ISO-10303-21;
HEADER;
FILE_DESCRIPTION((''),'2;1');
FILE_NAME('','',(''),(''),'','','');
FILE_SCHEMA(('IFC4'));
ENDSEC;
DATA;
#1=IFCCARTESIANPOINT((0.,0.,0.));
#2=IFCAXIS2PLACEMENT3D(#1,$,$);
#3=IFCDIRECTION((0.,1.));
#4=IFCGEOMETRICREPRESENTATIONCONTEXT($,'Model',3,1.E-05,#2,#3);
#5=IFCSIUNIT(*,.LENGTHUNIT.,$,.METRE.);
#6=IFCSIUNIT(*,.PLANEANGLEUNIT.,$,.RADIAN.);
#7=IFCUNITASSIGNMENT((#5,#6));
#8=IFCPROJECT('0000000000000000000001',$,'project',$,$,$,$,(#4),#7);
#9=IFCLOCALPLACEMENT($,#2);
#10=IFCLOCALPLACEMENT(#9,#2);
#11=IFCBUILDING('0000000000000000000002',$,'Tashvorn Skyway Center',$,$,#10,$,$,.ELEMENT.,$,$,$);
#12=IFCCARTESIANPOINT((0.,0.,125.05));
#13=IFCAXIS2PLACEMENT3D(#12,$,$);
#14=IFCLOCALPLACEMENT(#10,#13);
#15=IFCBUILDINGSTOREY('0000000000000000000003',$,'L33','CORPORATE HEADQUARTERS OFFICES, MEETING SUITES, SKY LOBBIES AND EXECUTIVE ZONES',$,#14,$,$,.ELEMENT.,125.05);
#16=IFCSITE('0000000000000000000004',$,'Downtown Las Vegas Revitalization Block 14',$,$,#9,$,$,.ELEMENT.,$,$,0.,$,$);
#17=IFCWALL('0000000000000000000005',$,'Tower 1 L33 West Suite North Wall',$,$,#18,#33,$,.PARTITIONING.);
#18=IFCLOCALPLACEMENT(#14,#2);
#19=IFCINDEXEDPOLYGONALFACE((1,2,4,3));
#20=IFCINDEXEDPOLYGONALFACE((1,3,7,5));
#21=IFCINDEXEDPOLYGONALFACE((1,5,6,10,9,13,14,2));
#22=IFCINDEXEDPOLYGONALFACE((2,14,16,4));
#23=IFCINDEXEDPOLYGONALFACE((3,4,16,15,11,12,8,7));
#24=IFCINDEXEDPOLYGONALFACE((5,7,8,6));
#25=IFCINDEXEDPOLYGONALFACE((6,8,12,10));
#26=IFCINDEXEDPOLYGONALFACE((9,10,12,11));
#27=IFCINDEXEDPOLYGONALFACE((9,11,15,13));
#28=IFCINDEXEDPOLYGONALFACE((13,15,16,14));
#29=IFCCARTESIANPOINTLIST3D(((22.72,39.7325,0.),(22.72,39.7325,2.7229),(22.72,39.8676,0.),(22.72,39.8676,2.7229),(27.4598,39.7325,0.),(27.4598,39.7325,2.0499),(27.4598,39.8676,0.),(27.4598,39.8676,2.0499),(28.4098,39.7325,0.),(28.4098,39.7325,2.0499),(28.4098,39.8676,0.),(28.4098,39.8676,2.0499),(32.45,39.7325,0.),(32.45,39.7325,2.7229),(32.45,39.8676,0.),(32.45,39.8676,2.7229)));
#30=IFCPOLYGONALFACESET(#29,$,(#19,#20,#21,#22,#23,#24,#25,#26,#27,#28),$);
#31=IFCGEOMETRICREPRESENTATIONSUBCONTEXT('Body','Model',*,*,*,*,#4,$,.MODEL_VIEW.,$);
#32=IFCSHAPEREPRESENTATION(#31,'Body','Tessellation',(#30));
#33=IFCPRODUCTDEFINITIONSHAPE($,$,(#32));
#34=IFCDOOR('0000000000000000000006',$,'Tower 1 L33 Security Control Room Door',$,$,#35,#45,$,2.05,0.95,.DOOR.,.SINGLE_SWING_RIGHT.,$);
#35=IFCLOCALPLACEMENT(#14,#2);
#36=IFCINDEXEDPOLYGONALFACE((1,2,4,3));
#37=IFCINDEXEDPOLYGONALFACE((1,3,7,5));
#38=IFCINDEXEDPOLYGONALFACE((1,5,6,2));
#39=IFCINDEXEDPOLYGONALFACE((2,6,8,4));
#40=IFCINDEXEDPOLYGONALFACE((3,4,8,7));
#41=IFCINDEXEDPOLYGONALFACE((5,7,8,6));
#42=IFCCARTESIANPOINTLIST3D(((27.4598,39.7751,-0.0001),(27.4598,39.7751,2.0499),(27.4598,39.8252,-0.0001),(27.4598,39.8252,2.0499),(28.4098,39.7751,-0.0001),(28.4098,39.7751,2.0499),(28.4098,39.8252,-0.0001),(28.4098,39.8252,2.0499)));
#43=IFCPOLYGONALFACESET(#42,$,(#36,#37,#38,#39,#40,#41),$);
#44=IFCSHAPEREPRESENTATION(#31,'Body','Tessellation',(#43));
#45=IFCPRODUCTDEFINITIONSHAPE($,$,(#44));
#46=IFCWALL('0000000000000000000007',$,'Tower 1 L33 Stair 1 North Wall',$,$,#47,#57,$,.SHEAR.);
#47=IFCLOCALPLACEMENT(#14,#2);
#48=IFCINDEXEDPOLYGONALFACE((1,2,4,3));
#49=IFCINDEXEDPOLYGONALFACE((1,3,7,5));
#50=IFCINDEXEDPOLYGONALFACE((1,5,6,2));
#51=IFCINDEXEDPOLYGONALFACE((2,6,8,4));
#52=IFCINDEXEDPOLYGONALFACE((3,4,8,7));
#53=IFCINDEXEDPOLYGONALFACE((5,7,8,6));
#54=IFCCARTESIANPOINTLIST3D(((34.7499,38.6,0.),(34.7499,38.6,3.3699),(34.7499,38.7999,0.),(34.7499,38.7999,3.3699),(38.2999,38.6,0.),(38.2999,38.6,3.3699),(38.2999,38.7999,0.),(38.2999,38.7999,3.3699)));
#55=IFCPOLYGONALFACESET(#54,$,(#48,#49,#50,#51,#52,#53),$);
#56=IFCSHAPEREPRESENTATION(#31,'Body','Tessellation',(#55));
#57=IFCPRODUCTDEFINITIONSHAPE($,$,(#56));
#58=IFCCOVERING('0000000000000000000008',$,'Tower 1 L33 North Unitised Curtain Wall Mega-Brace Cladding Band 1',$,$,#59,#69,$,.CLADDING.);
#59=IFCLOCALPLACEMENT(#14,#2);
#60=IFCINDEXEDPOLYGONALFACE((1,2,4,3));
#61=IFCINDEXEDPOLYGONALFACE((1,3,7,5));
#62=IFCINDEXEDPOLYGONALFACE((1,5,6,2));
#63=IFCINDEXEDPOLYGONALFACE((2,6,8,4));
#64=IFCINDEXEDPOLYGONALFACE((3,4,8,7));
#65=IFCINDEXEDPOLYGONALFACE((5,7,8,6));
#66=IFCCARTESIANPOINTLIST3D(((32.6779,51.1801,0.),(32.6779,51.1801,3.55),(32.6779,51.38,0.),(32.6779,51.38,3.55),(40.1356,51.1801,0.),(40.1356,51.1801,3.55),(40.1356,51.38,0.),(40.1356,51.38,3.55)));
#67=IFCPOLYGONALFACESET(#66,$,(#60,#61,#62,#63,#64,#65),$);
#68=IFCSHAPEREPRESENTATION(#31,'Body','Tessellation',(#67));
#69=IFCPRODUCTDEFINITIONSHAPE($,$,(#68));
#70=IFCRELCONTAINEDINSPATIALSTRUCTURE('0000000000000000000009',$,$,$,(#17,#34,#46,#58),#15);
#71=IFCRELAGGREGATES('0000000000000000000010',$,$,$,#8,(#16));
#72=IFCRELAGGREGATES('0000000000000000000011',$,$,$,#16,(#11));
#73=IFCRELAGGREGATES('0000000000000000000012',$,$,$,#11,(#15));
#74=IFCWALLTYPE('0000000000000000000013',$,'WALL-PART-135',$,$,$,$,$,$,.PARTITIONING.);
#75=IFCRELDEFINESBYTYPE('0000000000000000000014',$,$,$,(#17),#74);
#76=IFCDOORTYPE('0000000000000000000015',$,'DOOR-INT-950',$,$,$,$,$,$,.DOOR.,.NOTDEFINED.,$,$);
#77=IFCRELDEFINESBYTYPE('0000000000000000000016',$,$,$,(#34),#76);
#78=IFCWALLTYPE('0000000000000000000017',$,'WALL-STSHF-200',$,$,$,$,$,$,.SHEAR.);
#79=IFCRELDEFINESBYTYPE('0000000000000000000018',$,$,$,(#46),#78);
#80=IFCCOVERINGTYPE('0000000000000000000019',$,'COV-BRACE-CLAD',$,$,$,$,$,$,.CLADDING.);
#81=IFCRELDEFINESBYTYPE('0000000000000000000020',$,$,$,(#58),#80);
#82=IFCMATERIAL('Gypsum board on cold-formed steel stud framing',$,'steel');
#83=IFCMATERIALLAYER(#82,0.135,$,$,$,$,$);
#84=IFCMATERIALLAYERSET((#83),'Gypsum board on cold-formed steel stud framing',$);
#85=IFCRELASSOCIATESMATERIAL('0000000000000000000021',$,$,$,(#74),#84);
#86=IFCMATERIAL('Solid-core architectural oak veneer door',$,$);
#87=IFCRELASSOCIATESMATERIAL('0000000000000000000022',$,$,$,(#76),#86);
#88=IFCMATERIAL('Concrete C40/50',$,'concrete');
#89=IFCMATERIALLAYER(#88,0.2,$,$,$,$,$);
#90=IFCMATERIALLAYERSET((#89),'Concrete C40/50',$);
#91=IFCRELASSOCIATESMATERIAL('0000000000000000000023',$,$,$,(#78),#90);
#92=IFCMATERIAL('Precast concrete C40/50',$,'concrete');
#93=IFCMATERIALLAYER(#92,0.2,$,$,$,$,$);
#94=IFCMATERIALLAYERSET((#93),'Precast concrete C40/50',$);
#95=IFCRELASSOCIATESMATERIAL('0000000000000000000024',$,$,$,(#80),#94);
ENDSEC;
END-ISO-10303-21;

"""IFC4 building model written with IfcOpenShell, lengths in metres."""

from ifc_helpers import new_model, si_unit, direction, frame, frame_2d, origin, origin_2d, place, context, subcontext, project, spatial, rectangle, extrude, material, layer, layer_set, type_object, element, fill, save


model = new_model("IFC4")

# Units and contexts
model_context = context("Model", 3, precision=1e-05, world=origin(), true_north=direction((0.0, 1.0)))
body_context = subcontext(model_context, "Body", "Model", "MODEL_VIEW")
ifc_project = project(units=[si_unit("LENGTHUNIT", "METRE"), si_unit("PLANEANGLEUNIT", "RADIAN")], contexts=[model_context])

# Site, building, storey
site_placement = place(None, origin())
site = spatial("IfcSite", under=ifc_project, at=site_placement, Name="Downtown Las Vegas Revitalization Block 14", CompositionType="ELEMENT", RefElevation=0.0)
building_placement = place(site_placement, origin())
building = spatial("IfcBuilding", under=site, at=building_placement, Name="Tashvorn Skyway Center", CompositionType="ELEMENT")
storey_placement = place(building_placement, frame((0.0, 0.0, 125.05)))
storey = spatial("IfcBuildingStorey", under=building, at=storey_placement, Name="L33", Description="CORPORATE HEADQUARTERS OFFICES, MEETING SUITES, SKY LOBBIES AND EXECUTIVE ZONES", CompositionType="ELEMENT", Elevation=125.05)

# Shared definitions
ifc_material_1 = material(Name="Gypsum board on cold-formed steel stud framing", Category="steel")

# Shared definitions
ifc_layer_1 = layer(ifc_material_1, 0.135)
ifc_layer_set_1 = layer_set([ifc_layer_1], Name="Gypsum board on cold-formed steel stud framing")
wall_type_1 = type_object("IfcWallType", Name="WALL-PART-135", PredefinedType="PARTITIONING", material=ifc_layer_set_1)
ifc_material_2 = material(Name="Solid-core architectural oak veneer door")
door_type_1 = type_object("IfcDoorType", Name="DOOR-INT-950", OperationType="NOTDEFINED", PredefinedType="DOOR", material=ifc_material_2)

# Wall, opening, door
wall_1_placement = place(storey_placement, frame((32.45, 39.8, 0.0), z_axis=(0.0, 0.0, 1.0), x_axis=(-1.0, 0.0, 0.0)))
wall_1 = element("IfcWall", 1, at=wall_1_placement, inside=storey, type_object=wall_type_1, Name="Tower 1 L33 West Suite North Wall", PredefinedType="PARTITIONING", context=body_context, shape_type="SweptSolid", body=[
    extrude(rectangle(XDim=9.73, YDim=0.135, at=frame_2d((4.865, 0.0))), origin(), (0.0, 0.0, 1.0), 2.7229),
])
opening_1_placement = place(wall_1_placement, frame((4.04, 0.0, 0.0)))
opening_1 = element("IfcOpeningElement", 2, at=opening_1_placement, cuts=wall_1, PredefinedType="OPENING", context=body_context, shape_type="SweptSolid", body=[
    extrude(rectangle(XDim=0.95, YDim=2.05, at=frame_2d((0.4751, 1.0249))), frame((0.0, 0.0774, 0.0), z_axis=(0.0, -1.0, 0.0), x_axis=(1.0, 0.0, 0.0)), (0.0, 0.0, 1.0), 0.155),
])
door_1_placement = place(opening_1_placement, origin())
door_1 = element("IfcDoor", 3, at=door_1_placement, inside=storey, type_object=door_type_1, Name="Tower 1 L33 Security Control Room Door", OperationType="SINGLE_SWING_RIGHT", OverallHeight=2.05, OverallWidth=0.95, PredefinedType="DOOR", context=body_context, shape_type="SweptSolid", body=[
    extrude(rectangle(XDim=0.95, YDim=2.05, at=frame_2d((0.4751, 1.0249))), frame((0.0, 0.0249, 0.0), z_axis=(0.0, -1.0, 0.0), x_axis=(1.0, 0.0, 0.0)), (0.0, 0.0, 1.0), 0.05),
])
fill(opening_1, door_1)

# Wall
ifc_material_3 = material(Name="Concrete C40/50", Category="concrete")
ifc_layer_2 = layer(ifc_material_3, 0.2)
ifc_layer_set_2 = layer_set([ifc_layer_2], Name="Concrete C40/50")
wall_type_2 = type_object("IfcWallType", Name="WALL-STSHF-200", PredefinedType="SHEAR", material=ifc_layer_set_2)
wall_2_placement = place(storey_placement, frame((34.75, 38.7, 0.0), z_axis=(0.0, 0.0, 1.0), x_axis=(1.0, 0.0, 0.0)))
element("IfcWall", 4, at=wall_2_placement, inside=storey, type_object=wall_type_2, Name="Tower 1 L33 Stair 1 North Wall", PredefinedType="SHEAR", context=body_context, shape_type="SweptSolid", body=[
    extrude(rectangle(XDim=3.55, YDim=0.2, at=frame_2d((1.7749, 0.0))), origin(), (0.0, 0.0, 1.0), 3.3699),
])

# Covering
ifc_material_4 = material(Name="Precast concrete C40/50", Category="concrete")
ifc_layer_3 = layer(ifc_material_4, 0.2)
ifc_layer_set_3 = layer_set([ifc_layer_3], Name="Precast concrete C40/50")
covering_type = type_object("IfcCoveringType", Name="COV-BRACE-CLAD", PredefinedType="CLADDING", material=ifc_layer_set_3)
covering_placement = place(storey_placement, frame((36.4067, 51.28, 0.0), z_axis=(0.0, 0.0, 1.0), x_axis=(1.0, 0.0, 0.0)))
element("IfcCovering", 5, at=covering_placement, inside=storey, type_object=covering_type, Name="Tower 1 L33 North Unitised Curtain Wall Mega-Brace Cladding Band 1", PredefinedType="CLADDING", context=body_context, shape_type="SweptSolid", body=[
    extrude(rectangle(XDim=7.4578, YDim=0.2, at=origin_2d()), origin(), (0.0, 0.0, 1.0), 3.55),
])

save(model, "model.ifc")
